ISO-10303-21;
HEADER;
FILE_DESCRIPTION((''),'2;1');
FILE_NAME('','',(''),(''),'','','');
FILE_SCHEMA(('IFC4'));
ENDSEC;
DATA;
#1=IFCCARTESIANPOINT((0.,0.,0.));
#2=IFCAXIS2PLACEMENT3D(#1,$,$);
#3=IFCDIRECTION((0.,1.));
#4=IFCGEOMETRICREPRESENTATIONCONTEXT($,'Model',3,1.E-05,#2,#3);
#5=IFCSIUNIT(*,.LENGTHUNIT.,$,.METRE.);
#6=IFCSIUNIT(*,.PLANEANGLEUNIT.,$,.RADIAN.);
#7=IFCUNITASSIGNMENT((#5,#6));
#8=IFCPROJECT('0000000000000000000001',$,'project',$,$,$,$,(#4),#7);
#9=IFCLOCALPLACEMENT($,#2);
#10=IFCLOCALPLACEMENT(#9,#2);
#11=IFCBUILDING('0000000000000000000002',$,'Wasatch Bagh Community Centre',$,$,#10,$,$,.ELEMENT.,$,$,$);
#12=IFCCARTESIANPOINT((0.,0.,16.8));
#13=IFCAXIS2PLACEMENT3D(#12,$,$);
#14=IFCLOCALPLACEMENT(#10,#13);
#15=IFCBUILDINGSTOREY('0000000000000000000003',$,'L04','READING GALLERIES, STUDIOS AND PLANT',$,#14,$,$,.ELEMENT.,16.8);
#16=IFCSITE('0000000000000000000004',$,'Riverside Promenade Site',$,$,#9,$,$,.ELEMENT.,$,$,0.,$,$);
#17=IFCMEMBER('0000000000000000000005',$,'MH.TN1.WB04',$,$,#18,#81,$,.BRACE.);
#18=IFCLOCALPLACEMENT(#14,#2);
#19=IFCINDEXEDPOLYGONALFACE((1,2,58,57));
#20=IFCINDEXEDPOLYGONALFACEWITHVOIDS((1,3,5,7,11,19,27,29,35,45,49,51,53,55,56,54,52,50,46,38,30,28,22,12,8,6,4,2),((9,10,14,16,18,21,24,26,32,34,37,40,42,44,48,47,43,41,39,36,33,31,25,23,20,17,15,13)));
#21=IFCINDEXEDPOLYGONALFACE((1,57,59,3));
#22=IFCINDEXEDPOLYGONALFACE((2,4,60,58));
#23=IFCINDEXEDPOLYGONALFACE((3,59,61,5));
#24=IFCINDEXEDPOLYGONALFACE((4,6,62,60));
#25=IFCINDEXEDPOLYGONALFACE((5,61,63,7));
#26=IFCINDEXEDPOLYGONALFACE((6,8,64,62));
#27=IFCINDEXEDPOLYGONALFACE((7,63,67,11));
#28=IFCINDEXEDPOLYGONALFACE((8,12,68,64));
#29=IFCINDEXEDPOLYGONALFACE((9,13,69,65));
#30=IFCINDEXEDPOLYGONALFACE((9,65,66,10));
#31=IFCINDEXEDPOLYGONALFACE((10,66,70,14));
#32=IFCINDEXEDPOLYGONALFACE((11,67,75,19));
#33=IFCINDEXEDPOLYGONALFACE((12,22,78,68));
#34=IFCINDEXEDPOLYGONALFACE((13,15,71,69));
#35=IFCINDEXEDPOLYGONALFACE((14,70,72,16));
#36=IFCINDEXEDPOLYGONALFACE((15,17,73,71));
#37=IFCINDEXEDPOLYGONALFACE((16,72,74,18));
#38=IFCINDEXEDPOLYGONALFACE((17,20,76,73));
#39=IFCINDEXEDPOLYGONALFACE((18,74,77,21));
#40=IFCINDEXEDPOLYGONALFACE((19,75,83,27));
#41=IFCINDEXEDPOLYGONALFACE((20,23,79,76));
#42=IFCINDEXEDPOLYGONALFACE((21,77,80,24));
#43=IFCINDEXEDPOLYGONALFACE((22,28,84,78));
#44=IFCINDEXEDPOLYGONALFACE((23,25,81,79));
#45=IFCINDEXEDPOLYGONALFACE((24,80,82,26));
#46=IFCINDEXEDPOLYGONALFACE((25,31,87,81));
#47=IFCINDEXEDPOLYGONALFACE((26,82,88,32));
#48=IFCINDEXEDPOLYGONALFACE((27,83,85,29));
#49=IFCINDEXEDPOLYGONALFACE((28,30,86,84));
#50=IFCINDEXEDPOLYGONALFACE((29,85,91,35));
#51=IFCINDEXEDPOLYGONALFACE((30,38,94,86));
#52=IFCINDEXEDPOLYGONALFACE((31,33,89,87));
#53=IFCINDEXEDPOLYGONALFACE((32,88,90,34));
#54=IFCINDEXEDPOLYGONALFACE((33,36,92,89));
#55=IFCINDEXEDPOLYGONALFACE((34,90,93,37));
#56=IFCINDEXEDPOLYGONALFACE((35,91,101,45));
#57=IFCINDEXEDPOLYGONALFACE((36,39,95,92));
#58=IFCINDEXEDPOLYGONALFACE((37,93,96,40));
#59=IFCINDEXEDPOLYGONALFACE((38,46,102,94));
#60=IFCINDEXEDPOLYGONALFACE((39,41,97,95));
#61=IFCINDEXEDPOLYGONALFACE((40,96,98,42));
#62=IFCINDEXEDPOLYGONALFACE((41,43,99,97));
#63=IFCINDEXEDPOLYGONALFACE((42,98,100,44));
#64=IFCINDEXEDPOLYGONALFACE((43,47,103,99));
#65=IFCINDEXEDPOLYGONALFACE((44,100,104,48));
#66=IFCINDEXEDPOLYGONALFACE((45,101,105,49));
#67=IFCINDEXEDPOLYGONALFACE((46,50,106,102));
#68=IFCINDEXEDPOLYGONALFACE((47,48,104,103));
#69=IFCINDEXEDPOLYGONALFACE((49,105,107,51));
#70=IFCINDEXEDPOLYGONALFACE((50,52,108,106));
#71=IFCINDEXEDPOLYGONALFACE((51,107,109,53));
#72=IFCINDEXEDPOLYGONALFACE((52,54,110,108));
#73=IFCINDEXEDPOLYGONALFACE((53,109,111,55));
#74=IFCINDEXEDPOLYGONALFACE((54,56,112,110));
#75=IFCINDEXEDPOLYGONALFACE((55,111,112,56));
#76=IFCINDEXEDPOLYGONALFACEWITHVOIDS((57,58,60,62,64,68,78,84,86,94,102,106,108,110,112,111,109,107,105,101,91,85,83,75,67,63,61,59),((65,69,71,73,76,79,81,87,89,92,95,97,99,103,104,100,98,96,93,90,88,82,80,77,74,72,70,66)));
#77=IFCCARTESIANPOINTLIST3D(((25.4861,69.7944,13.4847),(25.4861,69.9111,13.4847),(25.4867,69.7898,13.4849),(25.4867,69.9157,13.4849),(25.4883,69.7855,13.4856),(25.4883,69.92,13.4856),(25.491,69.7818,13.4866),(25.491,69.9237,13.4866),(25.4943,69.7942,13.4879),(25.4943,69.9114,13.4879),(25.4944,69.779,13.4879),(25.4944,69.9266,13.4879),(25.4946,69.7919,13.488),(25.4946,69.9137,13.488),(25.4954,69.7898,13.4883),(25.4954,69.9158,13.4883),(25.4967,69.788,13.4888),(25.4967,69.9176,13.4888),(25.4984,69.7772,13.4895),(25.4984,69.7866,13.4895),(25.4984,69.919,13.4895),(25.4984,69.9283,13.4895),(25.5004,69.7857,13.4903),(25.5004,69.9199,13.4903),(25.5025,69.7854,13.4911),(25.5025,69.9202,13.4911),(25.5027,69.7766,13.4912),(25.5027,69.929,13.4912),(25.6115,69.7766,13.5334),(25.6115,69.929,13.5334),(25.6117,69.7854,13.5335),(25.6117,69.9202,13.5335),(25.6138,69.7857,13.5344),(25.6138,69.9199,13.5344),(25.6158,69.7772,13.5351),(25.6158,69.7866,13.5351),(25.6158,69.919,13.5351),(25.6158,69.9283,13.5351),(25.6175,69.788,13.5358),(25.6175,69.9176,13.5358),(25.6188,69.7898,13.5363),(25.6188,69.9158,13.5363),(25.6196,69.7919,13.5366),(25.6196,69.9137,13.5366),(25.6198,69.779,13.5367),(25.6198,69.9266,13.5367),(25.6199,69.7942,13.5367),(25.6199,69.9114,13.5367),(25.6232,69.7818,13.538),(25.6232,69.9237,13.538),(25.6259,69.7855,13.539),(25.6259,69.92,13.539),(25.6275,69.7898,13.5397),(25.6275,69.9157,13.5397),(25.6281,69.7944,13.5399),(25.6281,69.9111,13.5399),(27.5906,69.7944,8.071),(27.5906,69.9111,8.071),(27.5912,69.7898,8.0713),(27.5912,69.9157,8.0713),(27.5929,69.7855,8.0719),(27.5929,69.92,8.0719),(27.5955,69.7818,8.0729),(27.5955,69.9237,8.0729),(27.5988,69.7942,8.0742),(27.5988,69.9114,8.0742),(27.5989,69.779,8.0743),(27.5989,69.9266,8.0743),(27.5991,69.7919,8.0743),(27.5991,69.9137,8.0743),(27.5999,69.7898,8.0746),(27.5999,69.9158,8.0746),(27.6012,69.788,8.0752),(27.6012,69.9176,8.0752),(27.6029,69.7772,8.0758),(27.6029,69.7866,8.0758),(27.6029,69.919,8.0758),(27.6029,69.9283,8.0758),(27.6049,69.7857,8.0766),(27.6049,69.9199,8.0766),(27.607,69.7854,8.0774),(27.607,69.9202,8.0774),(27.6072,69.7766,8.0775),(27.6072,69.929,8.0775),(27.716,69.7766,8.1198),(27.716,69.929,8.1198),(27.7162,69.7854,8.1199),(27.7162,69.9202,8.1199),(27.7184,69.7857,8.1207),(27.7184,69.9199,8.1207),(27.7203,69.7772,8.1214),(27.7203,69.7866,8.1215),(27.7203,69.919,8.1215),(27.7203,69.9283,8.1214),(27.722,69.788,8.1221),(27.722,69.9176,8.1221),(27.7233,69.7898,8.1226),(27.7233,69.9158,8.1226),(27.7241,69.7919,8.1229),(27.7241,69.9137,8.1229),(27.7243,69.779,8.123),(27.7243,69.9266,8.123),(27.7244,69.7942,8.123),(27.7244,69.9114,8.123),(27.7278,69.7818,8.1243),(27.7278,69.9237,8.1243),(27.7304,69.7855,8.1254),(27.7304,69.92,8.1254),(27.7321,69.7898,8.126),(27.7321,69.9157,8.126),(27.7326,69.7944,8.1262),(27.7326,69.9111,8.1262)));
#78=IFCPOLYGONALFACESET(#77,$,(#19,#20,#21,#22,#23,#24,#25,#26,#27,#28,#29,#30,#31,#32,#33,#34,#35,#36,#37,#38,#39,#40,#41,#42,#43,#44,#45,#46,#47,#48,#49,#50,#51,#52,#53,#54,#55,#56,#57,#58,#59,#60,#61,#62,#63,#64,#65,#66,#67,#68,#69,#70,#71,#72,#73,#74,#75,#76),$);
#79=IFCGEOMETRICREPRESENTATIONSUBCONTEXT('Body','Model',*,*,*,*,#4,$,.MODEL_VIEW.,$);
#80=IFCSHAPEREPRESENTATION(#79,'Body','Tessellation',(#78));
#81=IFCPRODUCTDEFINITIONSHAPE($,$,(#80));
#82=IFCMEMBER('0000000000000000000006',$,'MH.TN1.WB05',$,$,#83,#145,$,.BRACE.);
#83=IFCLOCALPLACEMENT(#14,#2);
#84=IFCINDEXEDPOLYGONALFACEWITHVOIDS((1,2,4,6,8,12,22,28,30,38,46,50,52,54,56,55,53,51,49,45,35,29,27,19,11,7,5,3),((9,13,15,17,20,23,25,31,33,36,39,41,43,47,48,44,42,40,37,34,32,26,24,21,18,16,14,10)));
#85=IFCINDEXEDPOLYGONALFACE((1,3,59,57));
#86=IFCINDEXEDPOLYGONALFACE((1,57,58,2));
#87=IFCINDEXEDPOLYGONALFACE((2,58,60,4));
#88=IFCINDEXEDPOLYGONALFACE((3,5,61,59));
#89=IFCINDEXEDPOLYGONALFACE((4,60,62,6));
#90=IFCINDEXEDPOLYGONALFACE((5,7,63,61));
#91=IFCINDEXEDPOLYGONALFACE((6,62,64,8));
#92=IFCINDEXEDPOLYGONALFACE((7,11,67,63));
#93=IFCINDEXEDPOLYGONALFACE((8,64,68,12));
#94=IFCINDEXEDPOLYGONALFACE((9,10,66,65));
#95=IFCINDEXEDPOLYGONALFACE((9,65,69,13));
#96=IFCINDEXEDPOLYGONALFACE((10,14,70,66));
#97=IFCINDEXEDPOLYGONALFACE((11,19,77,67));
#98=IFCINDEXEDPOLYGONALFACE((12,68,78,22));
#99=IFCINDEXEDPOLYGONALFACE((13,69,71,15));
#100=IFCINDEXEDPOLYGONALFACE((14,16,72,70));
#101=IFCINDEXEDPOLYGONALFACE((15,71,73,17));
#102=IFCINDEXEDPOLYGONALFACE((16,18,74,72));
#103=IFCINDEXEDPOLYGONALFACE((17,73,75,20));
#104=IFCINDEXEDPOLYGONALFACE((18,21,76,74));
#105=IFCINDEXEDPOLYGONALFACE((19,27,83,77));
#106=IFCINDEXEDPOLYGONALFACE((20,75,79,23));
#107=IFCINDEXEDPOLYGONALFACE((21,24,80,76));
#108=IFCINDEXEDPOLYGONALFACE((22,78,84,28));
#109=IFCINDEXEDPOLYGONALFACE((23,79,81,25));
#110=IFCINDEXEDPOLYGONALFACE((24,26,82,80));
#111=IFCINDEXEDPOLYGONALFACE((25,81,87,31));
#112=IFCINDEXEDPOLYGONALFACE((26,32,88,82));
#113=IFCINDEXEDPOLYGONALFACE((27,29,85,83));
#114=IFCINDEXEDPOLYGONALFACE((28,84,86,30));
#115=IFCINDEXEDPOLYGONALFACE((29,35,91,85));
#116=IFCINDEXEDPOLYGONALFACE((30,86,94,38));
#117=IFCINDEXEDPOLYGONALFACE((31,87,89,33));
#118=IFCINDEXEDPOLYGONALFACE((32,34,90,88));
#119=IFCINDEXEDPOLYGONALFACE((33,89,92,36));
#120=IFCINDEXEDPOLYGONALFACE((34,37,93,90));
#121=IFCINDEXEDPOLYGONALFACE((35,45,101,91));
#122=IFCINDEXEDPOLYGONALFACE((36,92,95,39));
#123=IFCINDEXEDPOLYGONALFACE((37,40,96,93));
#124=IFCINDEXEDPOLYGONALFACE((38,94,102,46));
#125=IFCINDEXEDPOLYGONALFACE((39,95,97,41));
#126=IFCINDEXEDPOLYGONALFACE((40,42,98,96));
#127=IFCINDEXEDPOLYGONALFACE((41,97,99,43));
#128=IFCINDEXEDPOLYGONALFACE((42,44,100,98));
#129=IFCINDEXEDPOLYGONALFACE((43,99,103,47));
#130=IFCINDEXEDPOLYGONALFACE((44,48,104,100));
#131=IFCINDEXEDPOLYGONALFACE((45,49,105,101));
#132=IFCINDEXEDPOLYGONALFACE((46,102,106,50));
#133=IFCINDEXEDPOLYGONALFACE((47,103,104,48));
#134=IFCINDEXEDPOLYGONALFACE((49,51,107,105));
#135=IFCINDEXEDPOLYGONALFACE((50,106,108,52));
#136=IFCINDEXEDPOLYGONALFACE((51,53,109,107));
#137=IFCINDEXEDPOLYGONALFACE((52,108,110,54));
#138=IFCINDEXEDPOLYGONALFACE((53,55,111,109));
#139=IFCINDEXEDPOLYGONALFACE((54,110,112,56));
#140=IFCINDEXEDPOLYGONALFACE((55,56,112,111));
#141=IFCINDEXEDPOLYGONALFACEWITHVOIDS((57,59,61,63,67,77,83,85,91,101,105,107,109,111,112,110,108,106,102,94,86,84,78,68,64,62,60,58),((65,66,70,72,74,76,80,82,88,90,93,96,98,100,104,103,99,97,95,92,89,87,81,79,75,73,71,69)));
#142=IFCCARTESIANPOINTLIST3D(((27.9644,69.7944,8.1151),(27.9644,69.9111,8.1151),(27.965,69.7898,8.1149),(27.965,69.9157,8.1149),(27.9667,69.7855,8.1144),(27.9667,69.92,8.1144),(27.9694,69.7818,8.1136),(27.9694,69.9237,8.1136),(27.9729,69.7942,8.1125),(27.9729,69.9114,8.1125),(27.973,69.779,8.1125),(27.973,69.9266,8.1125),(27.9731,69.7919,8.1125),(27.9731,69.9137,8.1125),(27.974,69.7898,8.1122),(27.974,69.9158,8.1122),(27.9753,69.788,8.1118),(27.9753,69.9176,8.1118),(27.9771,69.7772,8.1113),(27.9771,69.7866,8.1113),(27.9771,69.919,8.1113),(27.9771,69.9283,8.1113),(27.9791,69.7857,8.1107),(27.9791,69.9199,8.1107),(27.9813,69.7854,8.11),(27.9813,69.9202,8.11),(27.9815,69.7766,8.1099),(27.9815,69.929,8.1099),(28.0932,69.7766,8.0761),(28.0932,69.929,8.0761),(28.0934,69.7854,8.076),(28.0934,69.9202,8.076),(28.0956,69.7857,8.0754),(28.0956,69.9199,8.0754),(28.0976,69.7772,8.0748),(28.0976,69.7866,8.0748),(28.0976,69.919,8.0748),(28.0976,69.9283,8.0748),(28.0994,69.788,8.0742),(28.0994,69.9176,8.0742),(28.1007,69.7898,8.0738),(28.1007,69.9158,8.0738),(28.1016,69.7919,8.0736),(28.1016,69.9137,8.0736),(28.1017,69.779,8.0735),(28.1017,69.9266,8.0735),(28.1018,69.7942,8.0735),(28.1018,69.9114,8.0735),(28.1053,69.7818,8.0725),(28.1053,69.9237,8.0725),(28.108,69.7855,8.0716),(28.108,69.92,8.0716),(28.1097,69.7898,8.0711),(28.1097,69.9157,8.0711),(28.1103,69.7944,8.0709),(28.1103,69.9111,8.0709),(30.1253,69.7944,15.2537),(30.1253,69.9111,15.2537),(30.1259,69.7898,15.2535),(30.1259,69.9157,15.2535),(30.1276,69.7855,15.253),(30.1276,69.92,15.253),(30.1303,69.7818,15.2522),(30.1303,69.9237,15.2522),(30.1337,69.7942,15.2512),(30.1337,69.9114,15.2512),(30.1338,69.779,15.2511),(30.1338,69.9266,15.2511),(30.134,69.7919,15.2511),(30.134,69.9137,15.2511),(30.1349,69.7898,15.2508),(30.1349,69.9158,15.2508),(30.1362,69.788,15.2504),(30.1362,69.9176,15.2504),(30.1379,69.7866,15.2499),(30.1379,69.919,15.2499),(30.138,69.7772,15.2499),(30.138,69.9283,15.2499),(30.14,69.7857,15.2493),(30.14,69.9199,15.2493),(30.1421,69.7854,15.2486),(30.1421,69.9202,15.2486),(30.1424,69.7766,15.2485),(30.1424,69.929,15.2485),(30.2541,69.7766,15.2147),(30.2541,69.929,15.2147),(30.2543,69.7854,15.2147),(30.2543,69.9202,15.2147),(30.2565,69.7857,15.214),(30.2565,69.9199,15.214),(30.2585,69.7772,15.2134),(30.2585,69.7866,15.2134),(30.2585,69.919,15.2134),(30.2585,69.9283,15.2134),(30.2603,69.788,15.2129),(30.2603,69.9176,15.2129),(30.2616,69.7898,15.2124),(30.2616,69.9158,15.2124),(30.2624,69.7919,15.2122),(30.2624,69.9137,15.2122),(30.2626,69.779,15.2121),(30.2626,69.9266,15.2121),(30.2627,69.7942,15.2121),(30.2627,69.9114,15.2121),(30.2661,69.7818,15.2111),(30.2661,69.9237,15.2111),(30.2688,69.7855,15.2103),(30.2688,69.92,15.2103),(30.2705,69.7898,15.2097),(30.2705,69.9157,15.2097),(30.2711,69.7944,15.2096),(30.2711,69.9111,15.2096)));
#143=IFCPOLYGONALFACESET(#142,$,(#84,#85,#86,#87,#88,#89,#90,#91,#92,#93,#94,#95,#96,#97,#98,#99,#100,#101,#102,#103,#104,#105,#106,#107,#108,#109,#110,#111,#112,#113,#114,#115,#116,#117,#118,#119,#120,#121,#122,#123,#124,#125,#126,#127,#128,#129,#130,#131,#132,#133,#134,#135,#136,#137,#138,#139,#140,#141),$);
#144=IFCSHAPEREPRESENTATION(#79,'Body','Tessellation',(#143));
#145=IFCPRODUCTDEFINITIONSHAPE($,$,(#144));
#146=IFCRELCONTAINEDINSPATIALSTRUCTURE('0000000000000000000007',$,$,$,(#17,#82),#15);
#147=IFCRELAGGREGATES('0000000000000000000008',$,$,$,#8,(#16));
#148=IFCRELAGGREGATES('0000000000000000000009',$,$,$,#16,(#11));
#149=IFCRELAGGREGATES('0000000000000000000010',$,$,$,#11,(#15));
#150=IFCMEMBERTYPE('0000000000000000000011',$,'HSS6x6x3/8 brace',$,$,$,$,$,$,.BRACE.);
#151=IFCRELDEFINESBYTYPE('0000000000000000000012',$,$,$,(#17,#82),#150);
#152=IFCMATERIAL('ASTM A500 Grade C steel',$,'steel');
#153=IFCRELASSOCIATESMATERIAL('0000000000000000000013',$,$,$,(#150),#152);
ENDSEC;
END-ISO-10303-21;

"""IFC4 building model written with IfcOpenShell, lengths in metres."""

from ifc_helpers import new_model, si_unit, direction, frame, origin, origin_2d, place, context, subcontext, project, spatial, hollow_rectangle, extrude, material, material_profile, profile_set, type_object, element, save


model = new_model("IFC4")

# Units and contexts
model_context = context("Model", 3, precision=1e-05, world=origin(), true_north=direction((0.0, 1.0)))
body_context = subcontext(model_context, "Body", "Model", "MODEL_VIEW")
ifc_project = project(units=[si_unit("LENGTHUNIT", "METRE"), si_unit("PLANEANGLEUNIT", "RADIAN")], contexts=[model_context])

# Site, building, storey
site_placement = place(None, origin())
site = spatial("IfcSite", under=ifc_project, at=site_placement, Name="Riverside Promenade Site", CompositionType="ELEMENT", RefElevation=0.0)
building_placement = place(site_placement, origin())
building = spatial("IfcBuilding", under=site, at=building_placement, Name="Wasatch Bagh Community Centre", CompositionType="ELEMENT")
storey_placement = place(building_placement, frame((0.0, 0.0, 16.8)))
storey = spatial("IfcBuildingStorey", under=building, at=storey_placement, Name="L04", Description="READING GALLERIES, STUDIOS AND PLANT", CompositionType="ELEMENT", Elevation=16.8)

# Members
ifc_material_1 = material(Name="ASTM A500 Grade C steel", Category="steel")
ifc_material_profile_1 = material_profile(ifc_material_1, hollow_rectangle(XDim=0.1523, YDim=0.1523, WallThickness=0.0088, InnerFilletRadius=0.0088, OuterFilletRadius=0.0178, at=origin_2d()), Name="HSS6x6x3/8")
ifc_profile_set_1 = profile_set([ifc_material_profile_1], Name="ASTM A500 Grade C steel")
member_type_1 = type_object("IfcMemberType", Name="HSS6x6x3/8 brace", PredefinedType="BRACE", material=ifc_profile_set_1)
member_1_placement = place(storey_placement, frame((27.6616, 69.8528, 8.0986), z_axis=(-0.362329, 0.0, 0.93205), x_axis=(0.0, -1.0, 0.0)))
element("IfcMember", 1, at=member_1_placement, inside=storey, type_object=member_type_1, Name="MH.TN1.WB04", PredefinedType="BRACE", context=body_context, shape_type="SweptSolid", body=[
    extrude(hollow_rectangle(XDim=0.1523, YDim=0.1523, WallThickness=0.0088, InnerFilletRadius=0.0088, OuterFilletRadius=0.0178, at=origin_2d()), origin(), (0.0, 0.0, 1.0), 5.8083),
])
member_2_placement = place(storey_placement, frame((28.0374, 69.8528, 8.093), z_axis=(0.289719, 0.0, 0.957112), x_axis=(0.0, 1.0, 0.0)))
element("IfcMember", 2, at=member_2_placement, inside=storey, type_object=member_type_1, Name="MH.TN1.WB05", PredefinedType="BRACE", context=body_context, shape_type="SweptSolid", body=[
    extrude(hollow_rectangle(XDim=0.1523, YDim=0.1523, WallThickness=0.0088, InnerFilletRadius=0.0088, OuterFilletRadius=0.0178, at=origin_2d()), origin(), (0.0, 0.0, 1.0), 7.4585),
])

save(model, "model.ifc")
